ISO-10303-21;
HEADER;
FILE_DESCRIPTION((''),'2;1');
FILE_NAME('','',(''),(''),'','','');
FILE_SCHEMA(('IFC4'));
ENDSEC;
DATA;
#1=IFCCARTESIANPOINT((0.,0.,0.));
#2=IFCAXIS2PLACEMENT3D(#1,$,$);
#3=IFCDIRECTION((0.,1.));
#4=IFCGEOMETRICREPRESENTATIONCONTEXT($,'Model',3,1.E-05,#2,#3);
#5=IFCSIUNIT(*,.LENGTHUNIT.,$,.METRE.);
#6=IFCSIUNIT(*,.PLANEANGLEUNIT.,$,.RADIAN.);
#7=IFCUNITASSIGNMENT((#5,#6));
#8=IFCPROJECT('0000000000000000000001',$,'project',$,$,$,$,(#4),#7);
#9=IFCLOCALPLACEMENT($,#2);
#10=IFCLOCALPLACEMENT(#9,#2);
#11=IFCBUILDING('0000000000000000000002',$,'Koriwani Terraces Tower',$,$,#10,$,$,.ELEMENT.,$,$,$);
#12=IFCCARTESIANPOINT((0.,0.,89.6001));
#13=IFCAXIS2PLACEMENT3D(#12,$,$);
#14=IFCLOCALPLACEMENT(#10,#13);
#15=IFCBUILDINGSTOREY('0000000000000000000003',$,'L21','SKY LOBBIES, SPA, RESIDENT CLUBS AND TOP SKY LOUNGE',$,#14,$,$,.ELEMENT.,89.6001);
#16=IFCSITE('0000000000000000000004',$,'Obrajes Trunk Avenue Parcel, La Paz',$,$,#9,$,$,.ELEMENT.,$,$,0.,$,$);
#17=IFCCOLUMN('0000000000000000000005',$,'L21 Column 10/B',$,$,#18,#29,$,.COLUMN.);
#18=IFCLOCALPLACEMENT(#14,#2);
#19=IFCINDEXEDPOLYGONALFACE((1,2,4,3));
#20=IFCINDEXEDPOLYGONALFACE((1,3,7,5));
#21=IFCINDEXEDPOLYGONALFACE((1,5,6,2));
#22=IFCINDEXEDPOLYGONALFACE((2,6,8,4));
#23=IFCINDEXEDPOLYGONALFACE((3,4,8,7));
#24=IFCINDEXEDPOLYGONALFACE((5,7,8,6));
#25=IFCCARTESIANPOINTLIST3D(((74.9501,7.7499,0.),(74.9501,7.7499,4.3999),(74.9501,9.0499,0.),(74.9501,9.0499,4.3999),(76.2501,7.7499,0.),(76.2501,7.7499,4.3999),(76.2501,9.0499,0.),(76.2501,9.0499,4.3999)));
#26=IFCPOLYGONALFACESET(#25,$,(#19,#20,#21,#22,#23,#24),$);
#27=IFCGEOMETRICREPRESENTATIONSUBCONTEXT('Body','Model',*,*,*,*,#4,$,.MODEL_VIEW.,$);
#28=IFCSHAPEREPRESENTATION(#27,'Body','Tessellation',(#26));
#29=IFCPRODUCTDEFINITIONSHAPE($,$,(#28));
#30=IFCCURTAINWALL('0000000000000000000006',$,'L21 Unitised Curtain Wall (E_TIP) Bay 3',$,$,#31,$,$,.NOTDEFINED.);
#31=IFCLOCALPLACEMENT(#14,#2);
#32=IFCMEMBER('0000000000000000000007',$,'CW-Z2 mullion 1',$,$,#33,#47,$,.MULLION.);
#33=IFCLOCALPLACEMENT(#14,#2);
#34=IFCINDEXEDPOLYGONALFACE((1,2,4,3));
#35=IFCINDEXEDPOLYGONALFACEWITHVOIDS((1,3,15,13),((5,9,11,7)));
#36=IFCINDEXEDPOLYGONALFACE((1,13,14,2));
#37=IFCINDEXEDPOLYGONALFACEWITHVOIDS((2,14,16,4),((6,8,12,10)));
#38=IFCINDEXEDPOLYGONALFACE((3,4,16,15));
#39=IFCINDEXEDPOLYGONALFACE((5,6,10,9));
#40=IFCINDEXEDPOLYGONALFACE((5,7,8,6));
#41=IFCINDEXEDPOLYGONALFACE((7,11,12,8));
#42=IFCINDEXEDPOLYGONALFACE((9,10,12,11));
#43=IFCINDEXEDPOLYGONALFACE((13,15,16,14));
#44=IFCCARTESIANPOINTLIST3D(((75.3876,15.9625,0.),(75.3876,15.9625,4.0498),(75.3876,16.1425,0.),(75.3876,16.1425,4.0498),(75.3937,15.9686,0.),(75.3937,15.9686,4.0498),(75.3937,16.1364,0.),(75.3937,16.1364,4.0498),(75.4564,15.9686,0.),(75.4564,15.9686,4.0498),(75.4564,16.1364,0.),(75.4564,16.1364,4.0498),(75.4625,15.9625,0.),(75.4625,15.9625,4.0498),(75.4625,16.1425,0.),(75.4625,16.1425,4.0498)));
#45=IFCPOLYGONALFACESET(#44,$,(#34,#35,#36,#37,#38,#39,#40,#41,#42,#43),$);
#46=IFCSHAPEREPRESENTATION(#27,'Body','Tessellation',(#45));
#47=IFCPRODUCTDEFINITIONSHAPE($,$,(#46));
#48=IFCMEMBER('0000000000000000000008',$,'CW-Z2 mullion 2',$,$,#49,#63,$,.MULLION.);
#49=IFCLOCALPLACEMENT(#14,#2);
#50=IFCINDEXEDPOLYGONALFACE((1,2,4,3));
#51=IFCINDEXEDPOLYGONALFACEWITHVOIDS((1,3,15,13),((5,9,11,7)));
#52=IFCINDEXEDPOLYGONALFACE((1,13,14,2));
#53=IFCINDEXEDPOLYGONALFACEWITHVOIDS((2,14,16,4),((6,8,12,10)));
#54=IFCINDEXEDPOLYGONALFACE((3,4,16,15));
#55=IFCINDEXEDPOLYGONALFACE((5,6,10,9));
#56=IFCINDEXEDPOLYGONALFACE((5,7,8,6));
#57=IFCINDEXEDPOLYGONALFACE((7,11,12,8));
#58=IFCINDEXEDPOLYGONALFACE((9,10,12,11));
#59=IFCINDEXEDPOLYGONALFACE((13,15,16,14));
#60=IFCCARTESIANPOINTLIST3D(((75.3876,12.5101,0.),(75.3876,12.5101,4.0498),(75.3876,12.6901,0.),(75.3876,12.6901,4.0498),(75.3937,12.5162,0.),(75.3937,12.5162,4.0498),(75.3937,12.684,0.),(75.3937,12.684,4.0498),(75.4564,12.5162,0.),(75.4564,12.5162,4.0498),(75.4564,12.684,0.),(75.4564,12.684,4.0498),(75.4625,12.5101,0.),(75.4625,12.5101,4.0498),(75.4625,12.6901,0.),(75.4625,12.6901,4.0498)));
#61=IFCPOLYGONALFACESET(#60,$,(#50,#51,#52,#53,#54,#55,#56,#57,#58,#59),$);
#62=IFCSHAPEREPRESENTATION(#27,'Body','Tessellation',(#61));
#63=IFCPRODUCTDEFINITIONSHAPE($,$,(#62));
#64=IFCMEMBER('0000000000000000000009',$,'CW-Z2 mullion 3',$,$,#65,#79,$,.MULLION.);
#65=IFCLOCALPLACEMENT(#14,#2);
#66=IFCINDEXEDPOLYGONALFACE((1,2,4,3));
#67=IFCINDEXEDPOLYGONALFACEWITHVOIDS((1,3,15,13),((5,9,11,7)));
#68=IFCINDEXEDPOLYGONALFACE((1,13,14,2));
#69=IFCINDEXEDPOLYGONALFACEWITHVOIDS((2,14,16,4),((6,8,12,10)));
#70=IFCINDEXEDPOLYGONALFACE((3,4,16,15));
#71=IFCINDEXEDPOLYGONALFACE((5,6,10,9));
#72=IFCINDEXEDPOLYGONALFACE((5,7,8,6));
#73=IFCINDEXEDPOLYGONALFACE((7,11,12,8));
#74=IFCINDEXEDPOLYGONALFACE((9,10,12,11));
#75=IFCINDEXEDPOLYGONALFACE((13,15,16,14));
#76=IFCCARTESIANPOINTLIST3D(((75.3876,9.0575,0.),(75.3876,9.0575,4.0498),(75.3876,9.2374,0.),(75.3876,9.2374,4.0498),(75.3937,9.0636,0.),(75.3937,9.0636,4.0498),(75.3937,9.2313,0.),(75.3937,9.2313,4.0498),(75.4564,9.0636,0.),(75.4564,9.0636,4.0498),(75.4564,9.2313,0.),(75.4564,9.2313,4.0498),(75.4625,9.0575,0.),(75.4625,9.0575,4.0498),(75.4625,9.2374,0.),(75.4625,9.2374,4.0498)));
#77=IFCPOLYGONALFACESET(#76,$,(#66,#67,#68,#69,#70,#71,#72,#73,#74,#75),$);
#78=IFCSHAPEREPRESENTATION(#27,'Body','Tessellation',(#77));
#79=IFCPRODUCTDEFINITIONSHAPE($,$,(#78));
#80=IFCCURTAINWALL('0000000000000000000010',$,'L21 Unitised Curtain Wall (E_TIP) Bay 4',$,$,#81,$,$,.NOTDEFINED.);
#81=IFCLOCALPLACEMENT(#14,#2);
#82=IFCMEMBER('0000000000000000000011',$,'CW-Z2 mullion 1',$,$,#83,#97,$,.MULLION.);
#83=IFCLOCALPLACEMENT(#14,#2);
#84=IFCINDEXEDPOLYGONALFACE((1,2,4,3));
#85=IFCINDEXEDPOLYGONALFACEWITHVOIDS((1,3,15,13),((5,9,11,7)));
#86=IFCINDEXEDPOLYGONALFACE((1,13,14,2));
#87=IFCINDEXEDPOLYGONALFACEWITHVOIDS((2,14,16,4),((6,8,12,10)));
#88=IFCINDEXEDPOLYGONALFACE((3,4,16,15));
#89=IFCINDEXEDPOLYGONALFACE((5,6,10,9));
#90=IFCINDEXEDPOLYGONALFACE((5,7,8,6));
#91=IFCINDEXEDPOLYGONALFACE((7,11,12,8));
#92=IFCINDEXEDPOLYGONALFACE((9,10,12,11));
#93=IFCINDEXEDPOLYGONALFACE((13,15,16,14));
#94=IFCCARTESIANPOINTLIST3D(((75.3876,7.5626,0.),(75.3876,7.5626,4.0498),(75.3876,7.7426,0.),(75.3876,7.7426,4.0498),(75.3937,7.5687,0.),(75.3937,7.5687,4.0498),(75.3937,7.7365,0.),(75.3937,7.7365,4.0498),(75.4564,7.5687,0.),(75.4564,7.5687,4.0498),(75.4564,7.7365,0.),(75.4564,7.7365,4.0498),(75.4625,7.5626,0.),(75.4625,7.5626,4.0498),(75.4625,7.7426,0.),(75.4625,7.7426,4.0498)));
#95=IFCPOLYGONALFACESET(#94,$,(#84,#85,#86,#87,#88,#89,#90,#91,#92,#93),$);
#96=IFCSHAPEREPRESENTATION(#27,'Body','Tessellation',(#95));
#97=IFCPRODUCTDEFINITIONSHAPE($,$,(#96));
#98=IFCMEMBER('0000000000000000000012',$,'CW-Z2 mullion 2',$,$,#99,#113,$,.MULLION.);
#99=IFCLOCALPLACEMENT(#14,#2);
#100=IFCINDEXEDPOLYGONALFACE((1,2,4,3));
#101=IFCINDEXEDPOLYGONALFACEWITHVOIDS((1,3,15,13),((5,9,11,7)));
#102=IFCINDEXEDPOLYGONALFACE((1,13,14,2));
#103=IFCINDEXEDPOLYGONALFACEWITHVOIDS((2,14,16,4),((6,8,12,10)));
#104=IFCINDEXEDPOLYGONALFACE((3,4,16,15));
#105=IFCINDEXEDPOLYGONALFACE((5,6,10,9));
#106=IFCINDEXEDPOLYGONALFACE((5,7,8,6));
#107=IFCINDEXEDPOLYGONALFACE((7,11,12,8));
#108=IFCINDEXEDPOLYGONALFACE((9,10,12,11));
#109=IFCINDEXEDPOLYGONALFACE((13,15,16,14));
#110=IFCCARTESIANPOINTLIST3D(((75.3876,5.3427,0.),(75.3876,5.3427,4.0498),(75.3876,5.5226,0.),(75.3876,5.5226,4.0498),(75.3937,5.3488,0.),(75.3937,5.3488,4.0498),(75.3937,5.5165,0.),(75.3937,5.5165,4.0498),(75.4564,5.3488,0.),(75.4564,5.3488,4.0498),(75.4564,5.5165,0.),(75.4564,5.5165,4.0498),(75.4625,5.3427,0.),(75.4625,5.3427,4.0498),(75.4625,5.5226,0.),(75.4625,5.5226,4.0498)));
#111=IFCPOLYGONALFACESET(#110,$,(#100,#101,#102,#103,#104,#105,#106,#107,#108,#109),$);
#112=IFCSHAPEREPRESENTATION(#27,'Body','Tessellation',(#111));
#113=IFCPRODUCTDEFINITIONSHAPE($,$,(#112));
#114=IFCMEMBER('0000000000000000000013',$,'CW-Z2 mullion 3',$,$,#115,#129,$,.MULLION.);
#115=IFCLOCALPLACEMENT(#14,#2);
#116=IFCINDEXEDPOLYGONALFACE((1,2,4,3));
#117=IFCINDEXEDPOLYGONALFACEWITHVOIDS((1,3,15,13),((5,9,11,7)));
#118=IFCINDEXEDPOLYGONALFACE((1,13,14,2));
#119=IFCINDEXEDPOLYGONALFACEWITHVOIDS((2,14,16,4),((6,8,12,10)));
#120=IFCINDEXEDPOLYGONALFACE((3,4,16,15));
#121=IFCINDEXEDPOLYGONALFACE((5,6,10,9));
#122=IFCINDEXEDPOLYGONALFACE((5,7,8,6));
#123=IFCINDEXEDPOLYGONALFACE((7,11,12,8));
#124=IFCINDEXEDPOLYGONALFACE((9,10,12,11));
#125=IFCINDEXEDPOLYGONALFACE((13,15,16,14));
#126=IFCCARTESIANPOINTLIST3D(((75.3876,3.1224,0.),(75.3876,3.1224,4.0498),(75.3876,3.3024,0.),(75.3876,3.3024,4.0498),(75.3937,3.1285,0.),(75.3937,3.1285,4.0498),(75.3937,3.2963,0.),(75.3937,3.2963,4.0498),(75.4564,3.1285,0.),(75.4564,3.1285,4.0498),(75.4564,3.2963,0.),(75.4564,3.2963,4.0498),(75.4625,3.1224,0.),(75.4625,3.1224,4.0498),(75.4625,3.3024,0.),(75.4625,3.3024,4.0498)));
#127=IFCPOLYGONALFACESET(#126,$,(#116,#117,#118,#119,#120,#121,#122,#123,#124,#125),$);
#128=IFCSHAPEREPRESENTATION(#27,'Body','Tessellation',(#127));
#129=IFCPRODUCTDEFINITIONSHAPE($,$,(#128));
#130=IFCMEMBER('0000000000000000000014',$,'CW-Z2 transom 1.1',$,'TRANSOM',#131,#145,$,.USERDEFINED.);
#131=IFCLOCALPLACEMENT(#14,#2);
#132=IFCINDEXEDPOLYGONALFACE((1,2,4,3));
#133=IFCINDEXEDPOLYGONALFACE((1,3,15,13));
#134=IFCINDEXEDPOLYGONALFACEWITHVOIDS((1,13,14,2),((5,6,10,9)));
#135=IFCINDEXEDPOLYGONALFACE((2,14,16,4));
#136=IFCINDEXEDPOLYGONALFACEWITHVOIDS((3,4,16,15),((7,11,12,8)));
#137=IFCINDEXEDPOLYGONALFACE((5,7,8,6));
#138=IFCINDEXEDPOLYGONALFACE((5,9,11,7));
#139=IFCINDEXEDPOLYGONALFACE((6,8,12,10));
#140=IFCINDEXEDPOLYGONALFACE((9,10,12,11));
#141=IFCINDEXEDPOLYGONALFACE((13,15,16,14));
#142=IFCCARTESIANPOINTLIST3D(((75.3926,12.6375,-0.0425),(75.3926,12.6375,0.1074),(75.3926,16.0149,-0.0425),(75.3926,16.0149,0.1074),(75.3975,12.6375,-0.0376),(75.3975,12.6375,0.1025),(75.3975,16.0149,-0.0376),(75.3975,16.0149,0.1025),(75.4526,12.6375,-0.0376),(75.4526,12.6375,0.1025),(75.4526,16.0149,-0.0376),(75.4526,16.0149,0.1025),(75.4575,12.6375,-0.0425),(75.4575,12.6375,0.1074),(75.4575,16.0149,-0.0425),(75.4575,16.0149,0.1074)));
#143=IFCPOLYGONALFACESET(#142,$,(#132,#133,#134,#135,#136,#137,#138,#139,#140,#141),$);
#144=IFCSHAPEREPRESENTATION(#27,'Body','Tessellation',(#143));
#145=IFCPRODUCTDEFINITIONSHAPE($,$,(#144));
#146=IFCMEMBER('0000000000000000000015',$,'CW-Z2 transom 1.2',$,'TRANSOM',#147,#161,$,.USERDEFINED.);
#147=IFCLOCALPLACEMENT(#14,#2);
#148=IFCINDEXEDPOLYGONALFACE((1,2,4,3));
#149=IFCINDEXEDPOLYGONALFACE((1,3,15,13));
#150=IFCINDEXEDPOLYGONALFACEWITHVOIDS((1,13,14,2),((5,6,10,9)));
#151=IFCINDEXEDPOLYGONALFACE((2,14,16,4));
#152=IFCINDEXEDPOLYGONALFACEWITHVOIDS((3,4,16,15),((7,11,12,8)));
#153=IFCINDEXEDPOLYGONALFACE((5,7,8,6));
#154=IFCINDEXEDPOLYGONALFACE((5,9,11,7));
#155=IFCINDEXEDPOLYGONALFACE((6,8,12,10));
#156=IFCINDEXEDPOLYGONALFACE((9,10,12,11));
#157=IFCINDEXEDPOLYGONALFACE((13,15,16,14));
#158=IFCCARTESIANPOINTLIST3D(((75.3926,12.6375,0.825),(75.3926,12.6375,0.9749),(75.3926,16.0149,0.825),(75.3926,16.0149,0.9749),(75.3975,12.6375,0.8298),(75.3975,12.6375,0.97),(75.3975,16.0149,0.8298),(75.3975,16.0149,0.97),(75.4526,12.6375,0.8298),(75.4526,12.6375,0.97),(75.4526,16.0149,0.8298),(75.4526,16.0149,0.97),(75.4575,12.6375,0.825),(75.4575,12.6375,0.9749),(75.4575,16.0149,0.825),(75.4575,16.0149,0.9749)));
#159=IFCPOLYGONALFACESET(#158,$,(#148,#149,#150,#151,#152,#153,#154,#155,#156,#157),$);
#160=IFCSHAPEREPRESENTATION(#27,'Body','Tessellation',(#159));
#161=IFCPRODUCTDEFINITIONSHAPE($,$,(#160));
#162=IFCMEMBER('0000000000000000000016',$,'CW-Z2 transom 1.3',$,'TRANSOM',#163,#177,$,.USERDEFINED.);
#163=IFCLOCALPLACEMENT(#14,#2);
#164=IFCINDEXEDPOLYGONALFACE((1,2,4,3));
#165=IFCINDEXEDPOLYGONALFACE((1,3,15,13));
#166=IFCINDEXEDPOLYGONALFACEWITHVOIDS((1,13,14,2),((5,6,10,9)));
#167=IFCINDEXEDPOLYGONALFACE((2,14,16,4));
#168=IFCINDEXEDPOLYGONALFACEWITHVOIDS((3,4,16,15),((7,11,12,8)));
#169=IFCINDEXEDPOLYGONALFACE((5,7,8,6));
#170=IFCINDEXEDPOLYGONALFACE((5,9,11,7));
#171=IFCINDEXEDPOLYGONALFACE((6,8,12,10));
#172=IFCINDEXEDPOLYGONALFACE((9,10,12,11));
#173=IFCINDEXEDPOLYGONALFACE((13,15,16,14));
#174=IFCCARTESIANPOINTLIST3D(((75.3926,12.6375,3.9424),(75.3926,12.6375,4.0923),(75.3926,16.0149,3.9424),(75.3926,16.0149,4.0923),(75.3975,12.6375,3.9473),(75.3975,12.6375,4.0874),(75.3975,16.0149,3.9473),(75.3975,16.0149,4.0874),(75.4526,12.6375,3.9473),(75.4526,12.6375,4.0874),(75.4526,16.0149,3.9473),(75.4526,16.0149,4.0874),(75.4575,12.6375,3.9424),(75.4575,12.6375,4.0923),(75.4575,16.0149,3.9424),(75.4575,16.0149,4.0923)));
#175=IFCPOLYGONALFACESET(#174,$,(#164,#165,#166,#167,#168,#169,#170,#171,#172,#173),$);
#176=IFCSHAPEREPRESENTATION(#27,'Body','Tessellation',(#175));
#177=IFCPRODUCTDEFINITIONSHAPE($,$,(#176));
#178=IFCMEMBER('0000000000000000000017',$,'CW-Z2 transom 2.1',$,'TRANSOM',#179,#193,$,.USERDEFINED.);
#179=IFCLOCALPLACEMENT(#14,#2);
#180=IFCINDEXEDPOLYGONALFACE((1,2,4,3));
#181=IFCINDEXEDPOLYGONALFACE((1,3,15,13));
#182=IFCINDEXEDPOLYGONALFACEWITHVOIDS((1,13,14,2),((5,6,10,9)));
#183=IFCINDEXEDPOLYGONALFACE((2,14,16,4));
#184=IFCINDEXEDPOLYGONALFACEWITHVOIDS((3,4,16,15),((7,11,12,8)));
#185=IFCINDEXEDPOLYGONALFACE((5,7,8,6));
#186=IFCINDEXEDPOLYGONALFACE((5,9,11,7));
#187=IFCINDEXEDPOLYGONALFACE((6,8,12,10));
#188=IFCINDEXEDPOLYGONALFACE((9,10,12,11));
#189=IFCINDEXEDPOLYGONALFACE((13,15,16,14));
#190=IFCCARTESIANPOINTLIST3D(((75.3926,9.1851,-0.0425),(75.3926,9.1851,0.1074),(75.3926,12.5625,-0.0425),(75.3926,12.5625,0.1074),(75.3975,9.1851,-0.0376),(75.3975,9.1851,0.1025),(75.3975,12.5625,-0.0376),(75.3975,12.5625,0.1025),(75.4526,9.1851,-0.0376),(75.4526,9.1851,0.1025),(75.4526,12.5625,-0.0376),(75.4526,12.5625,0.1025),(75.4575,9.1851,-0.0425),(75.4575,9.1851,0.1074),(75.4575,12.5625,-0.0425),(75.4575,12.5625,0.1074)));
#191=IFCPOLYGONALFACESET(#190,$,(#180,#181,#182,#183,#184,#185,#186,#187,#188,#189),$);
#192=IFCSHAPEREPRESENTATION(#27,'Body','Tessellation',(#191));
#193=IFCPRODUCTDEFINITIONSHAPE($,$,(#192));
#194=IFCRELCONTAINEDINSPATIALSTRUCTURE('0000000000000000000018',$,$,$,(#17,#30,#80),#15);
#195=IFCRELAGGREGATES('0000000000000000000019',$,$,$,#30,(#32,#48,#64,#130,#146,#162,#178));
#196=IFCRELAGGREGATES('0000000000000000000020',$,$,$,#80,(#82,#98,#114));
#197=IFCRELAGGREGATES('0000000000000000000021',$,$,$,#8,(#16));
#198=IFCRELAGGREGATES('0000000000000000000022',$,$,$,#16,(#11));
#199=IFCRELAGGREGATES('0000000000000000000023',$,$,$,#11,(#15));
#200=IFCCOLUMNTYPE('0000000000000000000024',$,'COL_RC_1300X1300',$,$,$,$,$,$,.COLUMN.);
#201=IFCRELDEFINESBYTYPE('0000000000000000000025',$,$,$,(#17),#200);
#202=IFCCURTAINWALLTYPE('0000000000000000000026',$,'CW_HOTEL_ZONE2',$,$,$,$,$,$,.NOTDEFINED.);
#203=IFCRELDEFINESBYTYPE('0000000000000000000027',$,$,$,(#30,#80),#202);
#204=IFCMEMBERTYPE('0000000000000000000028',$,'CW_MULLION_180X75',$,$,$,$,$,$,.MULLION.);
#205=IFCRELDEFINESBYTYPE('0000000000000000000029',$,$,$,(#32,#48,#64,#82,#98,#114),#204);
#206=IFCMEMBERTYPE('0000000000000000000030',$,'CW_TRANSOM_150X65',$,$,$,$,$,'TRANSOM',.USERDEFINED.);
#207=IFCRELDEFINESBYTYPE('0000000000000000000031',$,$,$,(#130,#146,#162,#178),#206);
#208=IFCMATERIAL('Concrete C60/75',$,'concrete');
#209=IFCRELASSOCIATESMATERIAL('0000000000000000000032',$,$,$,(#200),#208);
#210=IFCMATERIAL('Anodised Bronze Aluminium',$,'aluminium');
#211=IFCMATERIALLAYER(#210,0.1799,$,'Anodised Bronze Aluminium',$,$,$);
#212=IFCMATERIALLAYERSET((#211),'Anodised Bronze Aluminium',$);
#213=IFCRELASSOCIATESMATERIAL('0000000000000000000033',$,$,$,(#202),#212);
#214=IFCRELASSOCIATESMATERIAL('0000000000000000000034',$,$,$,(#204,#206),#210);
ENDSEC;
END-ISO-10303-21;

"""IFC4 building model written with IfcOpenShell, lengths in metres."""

from ifc_helpers import new_model, si_unit, direction, frame, origin, origin_2d, place, context, subcontext, project, spatial, rectangle, hollow_rectangle, extrude, material, layer, layer_set, material_profile, profile_set, type_object, element, aggregate, save


model = new_model("IFC4")

# Units and contexts
model_context = context("Model", 3, precision=1e-05, world=origin(), true_north=direction((0.0, 1.0)))
body_context = subcontext(model_context, "Body", "Model", "MODEL_VIEW")
ifc_project = project(units=[si_unit("LENGTHUNIT", "METRE"), si_unit("PLANEANGLEUNIT", "RADIAN")], contexts=[model_context])

# Site, building, storey
site_placement = place(None, origin())
site = spatial("IfcSite", under=ifc_project, at=site_placement, Name="Obrajes Trunk Avenue Parcel, La Paz", CompositionType="ELEMENT", RefElevation=0.0)
building_placement = place(site_placement, origin())
building = spatial("IfcBuilding", under=site, at=building_placement, Name="Koriwani Terraces Tower", CompositionType="ELEMENT")
storey_placement = place(building_placement, frame((0.0, 0.0, 89.6001)))
storey = spatial("IfcBuildingStorey", under=building, at=storey_placement, Name="L21", Description="SKY LOBBIES, SPA, RESIDENT CLUBS AND TOP SKY LOUNGE", CompositionType="ELEMENT", Elevation=89.6001)

# Column
ifc_material_1 = material(Name="Concrete C60/75", Category="concrete")
ifc_material_profile_1 = material_profile(ifc_material_1, rectangle(XDim=1.3, YDim=1.3, at=origin_2d()), Name="Concrete C60/75", Category="LoadBearing")
ifc_profile_set_1 = profile_set([ifc_material_profile_1], Name="Concrete C60/75")
column_type = type_object("IfcColumnType", Name="COL_RC_1300X1300", PredefinedType="COLUMN", material=ifc_profile_set_1)
column_placement = place(storey_placement, frame((75.6001, 8.3999, 0.0), z_axis=(0.0, 0.0, 1.0), x_axis=(1.0, 0.0, 0.0)))
element("IfcColumn", 1, at=column_placement, inside=storey, type_object=column_type, Name="L21 Column 10/B", PredefinedType="COLUMN", context=body_context, shape_type="SweptSolid", body=[
    extrude(rectangle(XDim=1.3, YDim=1.3, at=origin_2d()), origin(), (0.0, 0.0, 1.0), 4.3999),
])

# Curtain walls, members
ifc_material_2 = material(Name="Anodised Bronze Aluminium", Category="aluminium")
ifc_layer_1 = layer(ifc_material_2, 0.1799, Name="Anodised Bronze Aluminium")
ifc_layer_set_1 = layer_set([ifc_layer_1], Name="Anodised Bronze Aluminium")
curtain_wall_type = type_object("IfcCurtainWallType", Name="CW_HOTEL_ZONE2", PredefinedType="NOTDEFINED", material=ifc_layer_set_1)
curtain_wall_1_placement = place(storey_placement, origin())
curtain_wall_1 = element("IfcCurtainWall", 2, at=curtain_wall_1_placement, inside=storey, type_object=curtain_wall_type, Name="L21 Unitised Curtain Wall (E_TIP) Bay 3", PredefinedType="NOTDEFINED")
ifc_material_profile_2 = material_profile(ifc_material_2, hollow_rectangle(XDim=0.075, YDim=0.1799, WallThickness=0.0061, at=origin_2d()), Name="Anodised Bronze Aluminium", Category="LoadBearing")
ifc_profile_set_2 = profile_set([ifc_material_profile_2], Name="Anodised Bronze Aluminium")
member_type_1 = type_object("IfcMemberType", Name="CW_MULLION_180X75", PredefinedType="MULLION", material=ifc_profile_set_2)
member_1_placement = place(storey_placement, frame((75.425, 16.0525, 0.0), z_axis=(0.0, 0.0, 1.0), x_axis=(1.0, 0.0, 0.0)))
member_1 = element("IfcMember", 3, at=member_1_placement, type_object=member_type_1, Name="CW-Z2 mullion 1", PredefinedType="MULLION", context=body_context, shape_type="SweptSolid", body=[
    extrude(hollow_rectangle(XDim=0.075, YDim=0.1799, WallThickness=0.0061, at=origin_2d()), origin(), (0.0, 0.0, 1.0), 4.0498),
])
member_2_placement = place(storey_placement, frame((75.425, 12.6001, 0.0), z_axis=(0.0, 0.0, 1.0), x_axis=(1.0, 0.0, 0.0)))
member_2 = element("IfcMember", 4, at=member_2_placement, type_object=member_type_1, Name="CW-Z2 mullion 2", PredefinedType="MULLION", context=body_context, shape_type="SweptSolid", body=[
    extrude(hollow_rectangle(XDim=0.075, YDim=0.1799, WallThickness=0.0061, at=origin_2d()), origin(), (0.0, 0.0, 1.0), 4.0498),
])
member_3_placement = place(storey_placement, frame((75.425, 9.1475, 0.0), z_axis=(0.0, 0.0, 1.0), x_axis=(1.0, 0.0, 0.0)))
member_3 = element("IfcMember", 5, at=member_3_placement, type_object=member_type_1, Name="CW-Z2 mullion 3", PredefinedType="MULLION", context=body_context, shape_type="SweptSolid", body=[
    extrude(hollow_rectangle(XDim=0.075, YDim=0.1799, WallThickness=0.0061, at=origin_2d()), origin(), (0.0, 0.0, 1.0), 4.0498),
])
curtain_wall_2_placement = place(storey_placement, origin())
curtain_wall_2 = element("IfcCurtainWall", 6, at=curtain_wall_2_placement, inside=storey, type_object=curtain_wall_type, Name="L21 Unitised Curtain Wall (E_TIP) Bay 4", PredefinedType="NOTDEFINED")
member_4_placement = place(storey_placement, frame((75.425, 7.6526, 0.0), z_axis=(0.0, 0.0, 1.0), x_axis=(1.0, 0.0, 0.0)))
member_4 = element("IfcMember", 7, at=member_4_placement, type_object=member_type_1, Name="CW-Z2 mullion 1", PredefinedType="MULLION", context=body_context, shape_type="SweptSolid", body=[
    extrude(hollow_rectangle(XDim=0.075, YDim=0.1799, WallThickness=0.0061, at=origin_2d()), origin(), (0.0, 0.0, 1.0), 4.0498),
])
member_5_placement = place(storey_placement, frame((75.425, 5.4326, 0.0), z_axis=(0.0, 0.0, 1.0), x_axis=(1.0, 0.0, 0.0)))
member_5 = element("IfcMember", 8, at=member_5_placement, type_object=member_type_1, Name="CW-Z2 mullion 2", PredefinedType="MULLION", context=body_context, shape_type="SweptSolid", body=[
    extrude(hollow_rectangle(XDim=0.075, YDim=0.1799, WallThickness=0.0061, at=origin_2d()), origin(), (0.0, 0.0, 1.0), 4.0498),
])
member_6_placement = place(storey_placement, frame((75.425, 3.2124, 0.0), z_axis=(0.0, 0.0, 1.0), x_axis=(1.0, 0.0, 0.0)))
member_6 = element("IfcMember", 9, at=member_6_placement, type_object=member_type_1, Name="CW-Z2 mullion 3", PredefinedType="MULLION", context=body_context, shape_type="SweptSolid", body=[
    extrude(hollow_rectangle(XDim=0.075, YDim=0.1799, WallThickness=0.0061, at=origin_2d()), origin(), (0.0, 0.0, 1.0), 4.0498),
])

# Members
ifc_material_profile_3 = material_profile(ifc_material_2, hollow_rectangle(XDim=0.0649, YDim=0.1499, WallThickness=0.0049, at=origin_2d()), Name="Anodised Bronze Aluminium", Category="LoadBearing")
ifc_profile_set_3 = profile_set([ifc_material_profile_3], Name="Anodised Bronze Aluminium")
member_type_2 = type_object("IfcMemberType", Name="CW_TRANSOM_150X65", ElementType="TRANSOM", PredefinedType="USERDEFINED", material=ifc_profile_set_3)
member_7_placement = place(storey_placement, frame((75.425, 16.0149, 0.0325), z_axis=(0.0, -1.0, 0.0), x_axis=(1.0, 0.0, 0.0)))
member_7 = element("IfcMember", 10, at=member_7_placement, type_object=member_type_2, Name="CW-Z2 transom 1.1", ObjectType="TRANSOM", PredefinedType="USERDEFINED", context=body_context, shape_type="SweptSolid", body=[
    extrude(hollow_rectangle(XDim=0.0649, YDim=0.1499, WallThickness=0.0049, at=origin_2d()), origin(), (0.0, 0.0, 1.0), 3.3774),
])
member_8_placement = place(storey_placement, frame((75.425, 16.0149, 0.8999), z_axis=(0.0, -1.0, 0.0), x_axis=(1.0, 0.0, 0.0)))
member_8 = element("IfcMember", 11, at=member_8_placement, type_object=member_type_2, Name="CW-Z2 transom 1.2", ObjectType="TRANSOM", PredefinedType="USERDEFINED", context=body_context, shape_type="SweptSolid", body=[
    extrude(hollow_rectangle(XDim=0.0649, YDim=0.1499, WallThickness=0.0049, at=origin_2d()), origin(), (0.0, 0.0, 1.0), 3.3774),
])
member_9_placement = place(storey_placement, frame((75.425, 16.0149, 4.0173), z_axis=(0.0, -1.0, 0.0), x_axis=(1.0, 0.0, 0.0)))
member_9 = element("IfcMember", 12, at=member_9_placement, type_object=member_type_2, Name="CW-Z2 transom 1.3", ObjectType="TRANSOM", PredefinedType="USERDEFINED", context=body_context, shape_type="SweptSolid", body=[
    extrude(hollow_rectangle(XDim=0.0649, YDim=0.1499, WallThickness=0.0049, at=origin_2d()), origin(), (0.0, 0.0, 1.0), 3.3774),
])
member_10_placement = place(storey_placement, frame((75.425, 12.5625, 0.0325), z_axis=(0.0, -1.0, 0.0), x_axis=(1.0, 0.0, 0.0)))
member_10 = element("IfcMember", 13, at=member_10_placement, type_object=member_type_2, Name="CW-Z2 transom 2.1", ObjectType="TRANSOM", PredefinedType="USERDEFINED", context=body_context, shape_type="SweptSolid", body=[
    extrude(hollow_rectangle(XDim=0.0649, YDim=0.1499, WallThickness=0.0049, at=origin_2d()), origin(), (0.0, 0.0, 1.0), 3.3774),
])

aggregate(curtain_wall_1, [member_1, member_2, member_3, member_7, member_8, member_9, member_10])
aggregate(curtain_wall_2, [member_4, member_5, member_6])

save(model, "model.ifc")
